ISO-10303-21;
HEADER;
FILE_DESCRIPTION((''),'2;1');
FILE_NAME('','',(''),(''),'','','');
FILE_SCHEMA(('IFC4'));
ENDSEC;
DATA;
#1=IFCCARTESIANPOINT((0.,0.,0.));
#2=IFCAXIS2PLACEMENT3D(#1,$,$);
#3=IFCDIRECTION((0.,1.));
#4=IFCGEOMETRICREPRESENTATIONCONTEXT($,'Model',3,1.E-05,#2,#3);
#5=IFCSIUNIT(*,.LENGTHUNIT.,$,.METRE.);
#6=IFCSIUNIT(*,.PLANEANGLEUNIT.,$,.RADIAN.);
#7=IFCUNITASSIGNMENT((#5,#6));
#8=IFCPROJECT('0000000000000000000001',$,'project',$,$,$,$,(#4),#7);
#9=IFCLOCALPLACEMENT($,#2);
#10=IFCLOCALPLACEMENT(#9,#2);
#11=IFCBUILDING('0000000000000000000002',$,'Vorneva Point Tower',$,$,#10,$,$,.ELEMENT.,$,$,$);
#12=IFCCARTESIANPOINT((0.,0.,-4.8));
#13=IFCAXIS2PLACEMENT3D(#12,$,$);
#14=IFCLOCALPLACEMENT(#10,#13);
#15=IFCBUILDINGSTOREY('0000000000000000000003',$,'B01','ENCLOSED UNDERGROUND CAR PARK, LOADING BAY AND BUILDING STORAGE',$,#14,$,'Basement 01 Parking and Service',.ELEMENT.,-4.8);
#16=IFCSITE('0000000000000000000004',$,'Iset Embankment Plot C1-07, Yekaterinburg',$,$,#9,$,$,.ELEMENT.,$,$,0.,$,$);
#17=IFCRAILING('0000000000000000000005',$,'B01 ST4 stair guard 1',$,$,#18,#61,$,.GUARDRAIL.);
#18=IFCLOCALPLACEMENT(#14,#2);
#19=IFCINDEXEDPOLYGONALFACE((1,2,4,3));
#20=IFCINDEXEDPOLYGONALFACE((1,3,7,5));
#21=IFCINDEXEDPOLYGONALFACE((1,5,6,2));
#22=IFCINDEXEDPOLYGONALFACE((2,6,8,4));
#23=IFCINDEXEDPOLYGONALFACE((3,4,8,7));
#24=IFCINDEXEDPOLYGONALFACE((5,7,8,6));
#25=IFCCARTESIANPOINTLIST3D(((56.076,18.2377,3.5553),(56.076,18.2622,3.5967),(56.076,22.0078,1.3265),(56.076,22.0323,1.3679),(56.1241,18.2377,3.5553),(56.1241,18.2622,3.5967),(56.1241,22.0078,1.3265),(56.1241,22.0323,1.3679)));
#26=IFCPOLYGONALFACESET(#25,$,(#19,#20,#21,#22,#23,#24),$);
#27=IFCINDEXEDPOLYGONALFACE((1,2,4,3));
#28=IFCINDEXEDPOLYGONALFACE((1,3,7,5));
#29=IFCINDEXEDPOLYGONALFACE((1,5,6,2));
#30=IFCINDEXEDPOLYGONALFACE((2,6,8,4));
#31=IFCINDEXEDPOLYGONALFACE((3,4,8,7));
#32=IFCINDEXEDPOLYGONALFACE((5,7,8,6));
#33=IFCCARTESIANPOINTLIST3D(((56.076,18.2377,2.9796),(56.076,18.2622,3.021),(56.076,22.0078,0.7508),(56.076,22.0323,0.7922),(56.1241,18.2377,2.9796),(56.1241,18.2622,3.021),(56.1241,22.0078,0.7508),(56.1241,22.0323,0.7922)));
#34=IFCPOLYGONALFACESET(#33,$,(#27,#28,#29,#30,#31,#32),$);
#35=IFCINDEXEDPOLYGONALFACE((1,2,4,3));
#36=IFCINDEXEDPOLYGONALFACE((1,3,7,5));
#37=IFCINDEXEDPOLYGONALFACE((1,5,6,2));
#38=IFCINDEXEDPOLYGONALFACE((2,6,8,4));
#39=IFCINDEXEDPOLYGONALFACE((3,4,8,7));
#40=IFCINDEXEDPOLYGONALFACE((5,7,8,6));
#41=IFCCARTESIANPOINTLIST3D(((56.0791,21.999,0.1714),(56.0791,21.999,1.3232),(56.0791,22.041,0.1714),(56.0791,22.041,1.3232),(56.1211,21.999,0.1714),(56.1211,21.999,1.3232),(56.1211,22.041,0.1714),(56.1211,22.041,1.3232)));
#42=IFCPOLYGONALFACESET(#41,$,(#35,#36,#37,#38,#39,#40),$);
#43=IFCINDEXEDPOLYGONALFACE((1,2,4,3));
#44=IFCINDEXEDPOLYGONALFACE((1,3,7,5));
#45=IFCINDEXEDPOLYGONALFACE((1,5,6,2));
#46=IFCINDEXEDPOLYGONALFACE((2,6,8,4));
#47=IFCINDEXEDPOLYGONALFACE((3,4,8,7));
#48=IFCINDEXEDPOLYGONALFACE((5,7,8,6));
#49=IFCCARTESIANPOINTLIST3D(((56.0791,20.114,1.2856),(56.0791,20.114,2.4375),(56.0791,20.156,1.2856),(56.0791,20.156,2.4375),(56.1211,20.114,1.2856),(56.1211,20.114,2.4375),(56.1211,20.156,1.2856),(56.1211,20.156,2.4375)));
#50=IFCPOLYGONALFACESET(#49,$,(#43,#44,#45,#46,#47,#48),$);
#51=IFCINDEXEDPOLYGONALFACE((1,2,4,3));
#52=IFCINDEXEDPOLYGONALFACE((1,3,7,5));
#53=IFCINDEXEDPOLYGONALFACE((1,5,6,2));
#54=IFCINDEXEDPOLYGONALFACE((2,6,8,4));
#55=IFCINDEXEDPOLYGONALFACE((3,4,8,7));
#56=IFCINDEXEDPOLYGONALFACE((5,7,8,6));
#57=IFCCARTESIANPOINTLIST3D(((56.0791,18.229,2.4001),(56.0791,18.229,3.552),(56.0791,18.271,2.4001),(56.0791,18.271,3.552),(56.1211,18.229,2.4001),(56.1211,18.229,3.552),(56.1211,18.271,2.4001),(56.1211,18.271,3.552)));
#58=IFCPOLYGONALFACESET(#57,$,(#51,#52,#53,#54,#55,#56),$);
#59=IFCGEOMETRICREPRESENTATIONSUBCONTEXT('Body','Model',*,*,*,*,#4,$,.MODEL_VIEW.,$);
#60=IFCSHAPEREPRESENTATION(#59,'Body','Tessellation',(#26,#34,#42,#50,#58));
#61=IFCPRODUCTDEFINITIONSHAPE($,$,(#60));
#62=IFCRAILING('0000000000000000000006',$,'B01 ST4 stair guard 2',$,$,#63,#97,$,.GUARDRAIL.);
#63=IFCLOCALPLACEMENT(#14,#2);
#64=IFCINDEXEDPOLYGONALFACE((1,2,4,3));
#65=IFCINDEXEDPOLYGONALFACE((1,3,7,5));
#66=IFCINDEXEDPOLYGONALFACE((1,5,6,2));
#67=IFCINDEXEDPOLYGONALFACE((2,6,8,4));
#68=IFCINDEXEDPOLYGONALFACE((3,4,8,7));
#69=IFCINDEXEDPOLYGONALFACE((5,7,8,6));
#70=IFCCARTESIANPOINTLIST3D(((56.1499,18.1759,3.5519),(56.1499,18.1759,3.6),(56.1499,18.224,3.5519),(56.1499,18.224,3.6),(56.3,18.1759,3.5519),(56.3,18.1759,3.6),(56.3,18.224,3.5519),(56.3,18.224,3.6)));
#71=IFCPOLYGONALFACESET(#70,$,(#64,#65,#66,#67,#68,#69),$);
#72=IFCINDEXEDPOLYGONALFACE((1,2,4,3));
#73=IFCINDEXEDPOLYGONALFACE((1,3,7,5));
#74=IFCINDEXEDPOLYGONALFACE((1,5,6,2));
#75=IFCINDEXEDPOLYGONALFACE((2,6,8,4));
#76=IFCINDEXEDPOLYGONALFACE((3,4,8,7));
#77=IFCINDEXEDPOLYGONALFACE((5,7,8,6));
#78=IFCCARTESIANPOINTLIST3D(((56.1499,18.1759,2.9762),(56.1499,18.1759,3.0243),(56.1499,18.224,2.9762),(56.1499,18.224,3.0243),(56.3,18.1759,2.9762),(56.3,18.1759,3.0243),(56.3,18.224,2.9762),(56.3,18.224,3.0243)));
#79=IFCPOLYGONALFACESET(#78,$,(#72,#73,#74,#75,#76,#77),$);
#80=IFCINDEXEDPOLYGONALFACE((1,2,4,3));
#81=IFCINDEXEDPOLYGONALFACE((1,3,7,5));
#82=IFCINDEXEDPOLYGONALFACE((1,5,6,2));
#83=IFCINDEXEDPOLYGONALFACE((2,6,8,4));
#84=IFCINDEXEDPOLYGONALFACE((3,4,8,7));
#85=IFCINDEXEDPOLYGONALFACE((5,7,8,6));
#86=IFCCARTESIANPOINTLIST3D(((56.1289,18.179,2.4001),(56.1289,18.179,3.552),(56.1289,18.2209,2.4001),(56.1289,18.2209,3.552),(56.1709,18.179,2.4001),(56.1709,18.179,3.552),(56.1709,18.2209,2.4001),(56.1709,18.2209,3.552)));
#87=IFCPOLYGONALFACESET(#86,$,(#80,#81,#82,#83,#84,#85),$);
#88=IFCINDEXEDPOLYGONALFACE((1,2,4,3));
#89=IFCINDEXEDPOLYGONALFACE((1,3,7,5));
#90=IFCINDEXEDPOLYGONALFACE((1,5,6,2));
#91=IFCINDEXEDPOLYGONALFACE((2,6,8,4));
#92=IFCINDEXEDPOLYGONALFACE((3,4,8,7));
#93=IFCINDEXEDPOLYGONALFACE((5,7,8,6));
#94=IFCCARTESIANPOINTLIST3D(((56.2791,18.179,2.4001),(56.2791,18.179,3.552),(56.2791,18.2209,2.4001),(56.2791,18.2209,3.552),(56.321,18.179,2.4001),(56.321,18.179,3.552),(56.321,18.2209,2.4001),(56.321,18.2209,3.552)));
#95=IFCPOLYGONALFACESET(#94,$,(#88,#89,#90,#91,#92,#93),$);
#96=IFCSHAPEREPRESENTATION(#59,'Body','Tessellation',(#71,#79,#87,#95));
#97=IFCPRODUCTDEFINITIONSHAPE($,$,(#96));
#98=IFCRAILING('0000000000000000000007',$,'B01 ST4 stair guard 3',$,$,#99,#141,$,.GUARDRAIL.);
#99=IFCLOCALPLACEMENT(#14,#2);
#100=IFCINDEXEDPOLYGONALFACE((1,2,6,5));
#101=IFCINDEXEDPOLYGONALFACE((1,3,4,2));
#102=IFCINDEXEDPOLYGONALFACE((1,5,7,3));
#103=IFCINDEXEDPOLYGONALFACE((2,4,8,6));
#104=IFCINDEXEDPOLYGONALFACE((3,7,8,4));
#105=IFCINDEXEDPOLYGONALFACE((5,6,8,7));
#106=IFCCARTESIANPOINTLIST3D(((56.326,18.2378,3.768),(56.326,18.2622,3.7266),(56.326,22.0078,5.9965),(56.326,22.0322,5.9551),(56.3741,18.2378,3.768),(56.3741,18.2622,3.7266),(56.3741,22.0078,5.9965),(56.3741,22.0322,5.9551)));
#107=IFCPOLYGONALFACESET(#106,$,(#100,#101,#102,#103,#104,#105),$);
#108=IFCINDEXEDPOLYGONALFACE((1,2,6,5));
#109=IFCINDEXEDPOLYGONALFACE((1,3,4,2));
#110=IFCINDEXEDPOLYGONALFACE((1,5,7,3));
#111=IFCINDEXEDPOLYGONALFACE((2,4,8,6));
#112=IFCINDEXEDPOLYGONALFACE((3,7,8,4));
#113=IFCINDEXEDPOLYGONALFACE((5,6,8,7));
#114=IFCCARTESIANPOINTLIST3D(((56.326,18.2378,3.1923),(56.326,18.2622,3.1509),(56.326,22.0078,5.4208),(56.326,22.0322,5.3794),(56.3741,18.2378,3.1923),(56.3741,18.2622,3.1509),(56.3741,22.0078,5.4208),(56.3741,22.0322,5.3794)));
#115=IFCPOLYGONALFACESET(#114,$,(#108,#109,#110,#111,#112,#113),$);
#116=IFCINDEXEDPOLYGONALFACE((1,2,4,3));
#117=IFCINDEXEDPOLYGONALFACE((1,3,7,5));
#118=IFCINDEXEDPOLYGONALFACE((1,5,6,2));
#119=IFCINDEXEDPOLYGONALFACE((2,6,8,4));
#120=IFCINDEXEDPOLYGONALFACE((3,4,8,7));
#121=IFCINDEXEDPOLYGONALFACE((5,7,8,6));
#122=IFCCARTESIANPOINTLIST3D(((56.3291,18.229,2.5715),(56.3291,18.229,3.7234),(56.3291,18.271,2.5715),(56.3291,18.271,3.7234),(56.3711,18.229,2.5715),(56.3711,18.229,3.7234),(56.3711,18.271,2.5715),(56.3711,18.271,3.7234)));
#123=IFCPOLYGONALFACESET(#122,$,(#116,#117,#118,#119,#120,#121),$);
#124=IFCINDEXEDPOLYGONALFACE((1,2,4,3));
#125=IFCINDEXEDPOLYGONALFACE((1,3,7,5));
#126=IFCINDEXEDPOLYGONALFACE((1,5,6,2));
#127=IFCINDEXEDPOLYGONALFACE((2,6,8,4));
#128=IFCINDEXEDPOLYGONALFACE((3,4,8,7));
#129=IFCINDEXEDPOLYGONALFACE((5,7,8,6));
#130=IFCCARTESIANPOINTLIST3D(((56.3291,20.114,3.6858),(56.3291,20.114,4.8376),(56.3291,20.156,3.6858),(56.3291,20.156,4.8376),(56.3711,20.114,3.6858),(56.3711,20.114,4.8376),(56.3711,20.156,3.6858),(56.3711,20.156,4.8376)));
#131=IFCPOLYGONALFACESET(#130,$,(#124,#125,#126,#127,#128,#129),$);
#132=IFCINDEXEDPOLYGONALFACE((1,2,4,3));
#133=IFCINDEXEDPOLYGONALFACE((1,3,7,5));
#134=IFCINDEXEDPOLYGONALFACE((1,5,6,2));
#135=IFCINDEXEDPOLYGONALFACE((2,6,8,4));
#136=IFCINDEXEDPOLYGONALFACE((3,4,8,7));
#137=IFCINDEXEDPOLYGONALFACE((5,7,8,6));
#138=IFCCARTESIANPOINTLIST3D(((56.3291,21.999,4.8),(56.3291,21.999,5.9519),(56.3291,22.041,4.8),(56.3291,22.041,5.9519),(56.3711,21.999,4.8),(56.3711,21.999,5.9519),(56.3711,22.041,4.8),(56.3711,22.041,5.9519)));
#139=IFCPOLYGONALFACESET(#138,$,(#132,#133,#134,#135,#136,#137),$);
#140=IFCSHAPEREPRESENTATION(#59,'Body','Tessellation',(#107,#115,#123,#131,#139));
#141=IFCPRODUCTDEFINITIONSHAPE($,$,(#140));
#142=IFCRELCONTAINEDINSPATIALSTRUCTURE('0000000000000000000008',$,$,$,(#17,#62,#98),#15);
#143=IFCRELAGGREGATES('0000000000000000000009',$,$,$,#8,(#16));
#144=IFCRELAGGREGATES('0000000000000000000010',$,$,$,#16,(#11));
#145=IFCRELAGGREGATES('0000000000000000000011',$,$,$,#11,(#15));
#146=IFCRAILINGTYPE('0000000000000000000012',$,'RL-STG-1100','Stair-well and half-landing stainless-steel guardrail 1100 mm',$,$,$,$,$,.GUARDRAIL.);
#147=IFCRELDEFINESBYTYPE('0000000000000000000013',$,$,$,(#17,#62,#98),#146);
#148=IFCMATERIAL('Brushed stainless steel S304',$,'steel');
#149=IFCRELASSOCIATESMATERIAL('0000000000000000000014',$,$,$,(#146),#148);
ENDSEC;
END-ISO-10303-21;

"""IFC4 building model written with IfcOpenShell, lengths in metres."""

from ifc_helpers import new_model, si_unit, direction, frame, origin, origin_2d, place, context, subcontext, project, spatial, rectangle, extrude, material, type_object, element, save


model = new_model("IFC4")

# Units and contexts
model_context = context("Model", 3, precision=1e-05, world=origin(), true_north=direction((0.0, 1.0)))
body_context = subcontext(model_context, "Body", "Model", "MODEL_VIEW")
ifc_project = project(units=[si_unit("LENGTHUNIT", "METRE"), si_unit("PLANEANGLEUNIT", "RADIAN")], contexts=[model_context])

# Site, building, storey
site_placement = place(None, origin())
site = spatial("IfcSite", under=ifc_project, at=site_placement, Name="Iset Embankment Plot C1-07, Yekaterinburg", CompositionType="ELEMENT", RefElevation=0.0)
building_placement = place(site_placement, origin())
building = spatial("IfcBuilding", under=site, at=building_placement, Name="Vorneva Point Tower", CompositionType="ELEMENT")
storey_placement = place(building_placement, frame((0.0, 0.0, -4.8)))
storey = spatial("IfcBuildingStorey", under=building, at=storey_placement, Name="B01", Description="ENCLOSED UNDERGROUND CAR PARK, LOADING BAY AND BUILDING STORAGE", LongName="Basement 01 Parking and Service", CompositionType="ELEMENT", Elevation=-4.8)

# Railings
ifc_material_1 = material(Name="Brushed stainless steel S304", Category="steel")
railing_type_1 = type_object("IfcRailingType", Name="RL-STG-1100", Description="Stair-well and half-landing stainless-steel guardrail 1100 mm", PredefinedType="GUARDRAIL", material=ifc_material_1)
railing_1_placement = place(storey_placement, frame((56.1001, 22.02, 0.1714)))
element("IfcRailing", 1, at=railing_1_placement, inside=storey, type_object=railing_type_1, Name="B01 ST4 stair guard 1", PredefinedType="GUARDRAIL", context=body_context, shape_type="SweptSolid", body=[
    extrude(rectangle(XDim=0.0481, YDim=0.0481, at=origin_2d()), frame((0.0, 0.0, 1.1758), z_axis=(0.0, -0.860824, 0.508902), x_axis=(1.0, 0.0, 0.0)), (0.0, 0.0, 1.0), 4.3796),
    extrude(rectangle(XDim=0.0481, YDim=0.0481, at=origin_2d()), frame((0.0, 0.0, 0.6001), z_axis=(0.0, -0.860824, 0.508902), x_axis=(1.0, 0.0, 0.0)), (0.0, 0.0, 1.0), 4.3796),
    extrude(rectangle(XDim=0.042, YDim=0.042, at=origin_2d()), origin(), (0.0, 0.0, 1.0), 1.1519),
    extrude(rectangle(XDim=0.042, YDim=0.042, at=origin_2d()), frame((0.0, -1.885, 1.1143)), (0.0, 0.0, 1.0), 1.1519),
    extrude(rectangle(XDim=0.042, YDim=0.042, at=origin_2d()), frame((0.0, -3.77, 2.2288)), (0.0, 0.0, 1.0), 1.1519),
])
railing_2_placement = place(storey_placement, frame((56.1499, 18.2, 2.4001)))
element("IfcRailing", 2, at=railing_2_placement, inside=storey, type_object=railing_type_1, Name="B01 ST4 stair guard 2", PredefinedType="GUARDRAIL", context=body_context, shape_type="SweptSolid", body=[
    extrude(rectangle(XDim=0.0481, YDim=0.0481, at=origin_2d()), frame((0.0, 0.0, 1.1758), z_axis=(1.0, 0.0, 0.0), x_axis=(0.0, 1.0, 0.0)), (0.0, 0.0, 1.0), 0.1501),
    extrude(rectangle(XDim=0.0481, YDim=0.0481, at=origin_2d()), frame((0.0, 0.0, 0.6001), z_axis=(1.0, 0.0, 0.0), x_axis=(0.0, 1.0, 0.0)), (0.0, 0.0, 1.0), 0.1501),
    extrude(rectangle(XDim=0.042, YDim=0.042, at=origin_2d()), origin(), (0.0, 0.0, 1.0), 1.1519),
    extrude(rectangle(XDim=0.042, YDim=0.042, at=origin_2d()), frame((0.1501, 0.0, 0.0)), (0.0, 0.0, 1.0), 1.1519),
])
railing_3_placement = place(storey_placement, frame((56.3501, 18.25, 2.5715)))
element("IfcRailing", 3, at=railing_3_placement, inside=storey, type_object=railing_type_1, Name="B01 ST4 stair guard 3", PredefinedType="GUARDRAIL", context=body_context, shape_type="SweptSolid", body=[
    extrude(rectangle(XDim=0.0481, YDim=0.0481, at=origin_2d()), frame((0.0, 0.0, 1.1758), z_axis=(0.0, 0.860849, 0.508861), x_axis=(-1.0, 0.0, 0.0)), (0.0, 0.0, 1.0), 4.3794),
    extrude(rectangle(XDim=0.0481, YDim=0.0481, at=origin_2d()), frame((0.0, 0.0, 0.6001), z_axis=(0.0, 0.860849, 0.508861), x_axis=(-1.0, 0.0, 0.0)), (0.0, 0.0, 1.0), 4.3794),
    extrude(rectangle(XDim=0.042, YDim=0.042, at=origin_2d()), origin(), (0.0, 0.0, 1.0), 1.1519),
    extrude(rectangle(XDim=0.042, YDim=0.042, at=origin_2d()), frame((0.0, 1.885, 1.1143)), (0.0, 0.0, 1.0), 1.1519),
    extrude(rectangle(XDim=0.042, YDim=0.042, at=origin_2d()), frame((0.0, 3.77, 2.2285)), (0.0, 0.0, 1.0), 1.1519),
])

save(model, "model.ifc")
